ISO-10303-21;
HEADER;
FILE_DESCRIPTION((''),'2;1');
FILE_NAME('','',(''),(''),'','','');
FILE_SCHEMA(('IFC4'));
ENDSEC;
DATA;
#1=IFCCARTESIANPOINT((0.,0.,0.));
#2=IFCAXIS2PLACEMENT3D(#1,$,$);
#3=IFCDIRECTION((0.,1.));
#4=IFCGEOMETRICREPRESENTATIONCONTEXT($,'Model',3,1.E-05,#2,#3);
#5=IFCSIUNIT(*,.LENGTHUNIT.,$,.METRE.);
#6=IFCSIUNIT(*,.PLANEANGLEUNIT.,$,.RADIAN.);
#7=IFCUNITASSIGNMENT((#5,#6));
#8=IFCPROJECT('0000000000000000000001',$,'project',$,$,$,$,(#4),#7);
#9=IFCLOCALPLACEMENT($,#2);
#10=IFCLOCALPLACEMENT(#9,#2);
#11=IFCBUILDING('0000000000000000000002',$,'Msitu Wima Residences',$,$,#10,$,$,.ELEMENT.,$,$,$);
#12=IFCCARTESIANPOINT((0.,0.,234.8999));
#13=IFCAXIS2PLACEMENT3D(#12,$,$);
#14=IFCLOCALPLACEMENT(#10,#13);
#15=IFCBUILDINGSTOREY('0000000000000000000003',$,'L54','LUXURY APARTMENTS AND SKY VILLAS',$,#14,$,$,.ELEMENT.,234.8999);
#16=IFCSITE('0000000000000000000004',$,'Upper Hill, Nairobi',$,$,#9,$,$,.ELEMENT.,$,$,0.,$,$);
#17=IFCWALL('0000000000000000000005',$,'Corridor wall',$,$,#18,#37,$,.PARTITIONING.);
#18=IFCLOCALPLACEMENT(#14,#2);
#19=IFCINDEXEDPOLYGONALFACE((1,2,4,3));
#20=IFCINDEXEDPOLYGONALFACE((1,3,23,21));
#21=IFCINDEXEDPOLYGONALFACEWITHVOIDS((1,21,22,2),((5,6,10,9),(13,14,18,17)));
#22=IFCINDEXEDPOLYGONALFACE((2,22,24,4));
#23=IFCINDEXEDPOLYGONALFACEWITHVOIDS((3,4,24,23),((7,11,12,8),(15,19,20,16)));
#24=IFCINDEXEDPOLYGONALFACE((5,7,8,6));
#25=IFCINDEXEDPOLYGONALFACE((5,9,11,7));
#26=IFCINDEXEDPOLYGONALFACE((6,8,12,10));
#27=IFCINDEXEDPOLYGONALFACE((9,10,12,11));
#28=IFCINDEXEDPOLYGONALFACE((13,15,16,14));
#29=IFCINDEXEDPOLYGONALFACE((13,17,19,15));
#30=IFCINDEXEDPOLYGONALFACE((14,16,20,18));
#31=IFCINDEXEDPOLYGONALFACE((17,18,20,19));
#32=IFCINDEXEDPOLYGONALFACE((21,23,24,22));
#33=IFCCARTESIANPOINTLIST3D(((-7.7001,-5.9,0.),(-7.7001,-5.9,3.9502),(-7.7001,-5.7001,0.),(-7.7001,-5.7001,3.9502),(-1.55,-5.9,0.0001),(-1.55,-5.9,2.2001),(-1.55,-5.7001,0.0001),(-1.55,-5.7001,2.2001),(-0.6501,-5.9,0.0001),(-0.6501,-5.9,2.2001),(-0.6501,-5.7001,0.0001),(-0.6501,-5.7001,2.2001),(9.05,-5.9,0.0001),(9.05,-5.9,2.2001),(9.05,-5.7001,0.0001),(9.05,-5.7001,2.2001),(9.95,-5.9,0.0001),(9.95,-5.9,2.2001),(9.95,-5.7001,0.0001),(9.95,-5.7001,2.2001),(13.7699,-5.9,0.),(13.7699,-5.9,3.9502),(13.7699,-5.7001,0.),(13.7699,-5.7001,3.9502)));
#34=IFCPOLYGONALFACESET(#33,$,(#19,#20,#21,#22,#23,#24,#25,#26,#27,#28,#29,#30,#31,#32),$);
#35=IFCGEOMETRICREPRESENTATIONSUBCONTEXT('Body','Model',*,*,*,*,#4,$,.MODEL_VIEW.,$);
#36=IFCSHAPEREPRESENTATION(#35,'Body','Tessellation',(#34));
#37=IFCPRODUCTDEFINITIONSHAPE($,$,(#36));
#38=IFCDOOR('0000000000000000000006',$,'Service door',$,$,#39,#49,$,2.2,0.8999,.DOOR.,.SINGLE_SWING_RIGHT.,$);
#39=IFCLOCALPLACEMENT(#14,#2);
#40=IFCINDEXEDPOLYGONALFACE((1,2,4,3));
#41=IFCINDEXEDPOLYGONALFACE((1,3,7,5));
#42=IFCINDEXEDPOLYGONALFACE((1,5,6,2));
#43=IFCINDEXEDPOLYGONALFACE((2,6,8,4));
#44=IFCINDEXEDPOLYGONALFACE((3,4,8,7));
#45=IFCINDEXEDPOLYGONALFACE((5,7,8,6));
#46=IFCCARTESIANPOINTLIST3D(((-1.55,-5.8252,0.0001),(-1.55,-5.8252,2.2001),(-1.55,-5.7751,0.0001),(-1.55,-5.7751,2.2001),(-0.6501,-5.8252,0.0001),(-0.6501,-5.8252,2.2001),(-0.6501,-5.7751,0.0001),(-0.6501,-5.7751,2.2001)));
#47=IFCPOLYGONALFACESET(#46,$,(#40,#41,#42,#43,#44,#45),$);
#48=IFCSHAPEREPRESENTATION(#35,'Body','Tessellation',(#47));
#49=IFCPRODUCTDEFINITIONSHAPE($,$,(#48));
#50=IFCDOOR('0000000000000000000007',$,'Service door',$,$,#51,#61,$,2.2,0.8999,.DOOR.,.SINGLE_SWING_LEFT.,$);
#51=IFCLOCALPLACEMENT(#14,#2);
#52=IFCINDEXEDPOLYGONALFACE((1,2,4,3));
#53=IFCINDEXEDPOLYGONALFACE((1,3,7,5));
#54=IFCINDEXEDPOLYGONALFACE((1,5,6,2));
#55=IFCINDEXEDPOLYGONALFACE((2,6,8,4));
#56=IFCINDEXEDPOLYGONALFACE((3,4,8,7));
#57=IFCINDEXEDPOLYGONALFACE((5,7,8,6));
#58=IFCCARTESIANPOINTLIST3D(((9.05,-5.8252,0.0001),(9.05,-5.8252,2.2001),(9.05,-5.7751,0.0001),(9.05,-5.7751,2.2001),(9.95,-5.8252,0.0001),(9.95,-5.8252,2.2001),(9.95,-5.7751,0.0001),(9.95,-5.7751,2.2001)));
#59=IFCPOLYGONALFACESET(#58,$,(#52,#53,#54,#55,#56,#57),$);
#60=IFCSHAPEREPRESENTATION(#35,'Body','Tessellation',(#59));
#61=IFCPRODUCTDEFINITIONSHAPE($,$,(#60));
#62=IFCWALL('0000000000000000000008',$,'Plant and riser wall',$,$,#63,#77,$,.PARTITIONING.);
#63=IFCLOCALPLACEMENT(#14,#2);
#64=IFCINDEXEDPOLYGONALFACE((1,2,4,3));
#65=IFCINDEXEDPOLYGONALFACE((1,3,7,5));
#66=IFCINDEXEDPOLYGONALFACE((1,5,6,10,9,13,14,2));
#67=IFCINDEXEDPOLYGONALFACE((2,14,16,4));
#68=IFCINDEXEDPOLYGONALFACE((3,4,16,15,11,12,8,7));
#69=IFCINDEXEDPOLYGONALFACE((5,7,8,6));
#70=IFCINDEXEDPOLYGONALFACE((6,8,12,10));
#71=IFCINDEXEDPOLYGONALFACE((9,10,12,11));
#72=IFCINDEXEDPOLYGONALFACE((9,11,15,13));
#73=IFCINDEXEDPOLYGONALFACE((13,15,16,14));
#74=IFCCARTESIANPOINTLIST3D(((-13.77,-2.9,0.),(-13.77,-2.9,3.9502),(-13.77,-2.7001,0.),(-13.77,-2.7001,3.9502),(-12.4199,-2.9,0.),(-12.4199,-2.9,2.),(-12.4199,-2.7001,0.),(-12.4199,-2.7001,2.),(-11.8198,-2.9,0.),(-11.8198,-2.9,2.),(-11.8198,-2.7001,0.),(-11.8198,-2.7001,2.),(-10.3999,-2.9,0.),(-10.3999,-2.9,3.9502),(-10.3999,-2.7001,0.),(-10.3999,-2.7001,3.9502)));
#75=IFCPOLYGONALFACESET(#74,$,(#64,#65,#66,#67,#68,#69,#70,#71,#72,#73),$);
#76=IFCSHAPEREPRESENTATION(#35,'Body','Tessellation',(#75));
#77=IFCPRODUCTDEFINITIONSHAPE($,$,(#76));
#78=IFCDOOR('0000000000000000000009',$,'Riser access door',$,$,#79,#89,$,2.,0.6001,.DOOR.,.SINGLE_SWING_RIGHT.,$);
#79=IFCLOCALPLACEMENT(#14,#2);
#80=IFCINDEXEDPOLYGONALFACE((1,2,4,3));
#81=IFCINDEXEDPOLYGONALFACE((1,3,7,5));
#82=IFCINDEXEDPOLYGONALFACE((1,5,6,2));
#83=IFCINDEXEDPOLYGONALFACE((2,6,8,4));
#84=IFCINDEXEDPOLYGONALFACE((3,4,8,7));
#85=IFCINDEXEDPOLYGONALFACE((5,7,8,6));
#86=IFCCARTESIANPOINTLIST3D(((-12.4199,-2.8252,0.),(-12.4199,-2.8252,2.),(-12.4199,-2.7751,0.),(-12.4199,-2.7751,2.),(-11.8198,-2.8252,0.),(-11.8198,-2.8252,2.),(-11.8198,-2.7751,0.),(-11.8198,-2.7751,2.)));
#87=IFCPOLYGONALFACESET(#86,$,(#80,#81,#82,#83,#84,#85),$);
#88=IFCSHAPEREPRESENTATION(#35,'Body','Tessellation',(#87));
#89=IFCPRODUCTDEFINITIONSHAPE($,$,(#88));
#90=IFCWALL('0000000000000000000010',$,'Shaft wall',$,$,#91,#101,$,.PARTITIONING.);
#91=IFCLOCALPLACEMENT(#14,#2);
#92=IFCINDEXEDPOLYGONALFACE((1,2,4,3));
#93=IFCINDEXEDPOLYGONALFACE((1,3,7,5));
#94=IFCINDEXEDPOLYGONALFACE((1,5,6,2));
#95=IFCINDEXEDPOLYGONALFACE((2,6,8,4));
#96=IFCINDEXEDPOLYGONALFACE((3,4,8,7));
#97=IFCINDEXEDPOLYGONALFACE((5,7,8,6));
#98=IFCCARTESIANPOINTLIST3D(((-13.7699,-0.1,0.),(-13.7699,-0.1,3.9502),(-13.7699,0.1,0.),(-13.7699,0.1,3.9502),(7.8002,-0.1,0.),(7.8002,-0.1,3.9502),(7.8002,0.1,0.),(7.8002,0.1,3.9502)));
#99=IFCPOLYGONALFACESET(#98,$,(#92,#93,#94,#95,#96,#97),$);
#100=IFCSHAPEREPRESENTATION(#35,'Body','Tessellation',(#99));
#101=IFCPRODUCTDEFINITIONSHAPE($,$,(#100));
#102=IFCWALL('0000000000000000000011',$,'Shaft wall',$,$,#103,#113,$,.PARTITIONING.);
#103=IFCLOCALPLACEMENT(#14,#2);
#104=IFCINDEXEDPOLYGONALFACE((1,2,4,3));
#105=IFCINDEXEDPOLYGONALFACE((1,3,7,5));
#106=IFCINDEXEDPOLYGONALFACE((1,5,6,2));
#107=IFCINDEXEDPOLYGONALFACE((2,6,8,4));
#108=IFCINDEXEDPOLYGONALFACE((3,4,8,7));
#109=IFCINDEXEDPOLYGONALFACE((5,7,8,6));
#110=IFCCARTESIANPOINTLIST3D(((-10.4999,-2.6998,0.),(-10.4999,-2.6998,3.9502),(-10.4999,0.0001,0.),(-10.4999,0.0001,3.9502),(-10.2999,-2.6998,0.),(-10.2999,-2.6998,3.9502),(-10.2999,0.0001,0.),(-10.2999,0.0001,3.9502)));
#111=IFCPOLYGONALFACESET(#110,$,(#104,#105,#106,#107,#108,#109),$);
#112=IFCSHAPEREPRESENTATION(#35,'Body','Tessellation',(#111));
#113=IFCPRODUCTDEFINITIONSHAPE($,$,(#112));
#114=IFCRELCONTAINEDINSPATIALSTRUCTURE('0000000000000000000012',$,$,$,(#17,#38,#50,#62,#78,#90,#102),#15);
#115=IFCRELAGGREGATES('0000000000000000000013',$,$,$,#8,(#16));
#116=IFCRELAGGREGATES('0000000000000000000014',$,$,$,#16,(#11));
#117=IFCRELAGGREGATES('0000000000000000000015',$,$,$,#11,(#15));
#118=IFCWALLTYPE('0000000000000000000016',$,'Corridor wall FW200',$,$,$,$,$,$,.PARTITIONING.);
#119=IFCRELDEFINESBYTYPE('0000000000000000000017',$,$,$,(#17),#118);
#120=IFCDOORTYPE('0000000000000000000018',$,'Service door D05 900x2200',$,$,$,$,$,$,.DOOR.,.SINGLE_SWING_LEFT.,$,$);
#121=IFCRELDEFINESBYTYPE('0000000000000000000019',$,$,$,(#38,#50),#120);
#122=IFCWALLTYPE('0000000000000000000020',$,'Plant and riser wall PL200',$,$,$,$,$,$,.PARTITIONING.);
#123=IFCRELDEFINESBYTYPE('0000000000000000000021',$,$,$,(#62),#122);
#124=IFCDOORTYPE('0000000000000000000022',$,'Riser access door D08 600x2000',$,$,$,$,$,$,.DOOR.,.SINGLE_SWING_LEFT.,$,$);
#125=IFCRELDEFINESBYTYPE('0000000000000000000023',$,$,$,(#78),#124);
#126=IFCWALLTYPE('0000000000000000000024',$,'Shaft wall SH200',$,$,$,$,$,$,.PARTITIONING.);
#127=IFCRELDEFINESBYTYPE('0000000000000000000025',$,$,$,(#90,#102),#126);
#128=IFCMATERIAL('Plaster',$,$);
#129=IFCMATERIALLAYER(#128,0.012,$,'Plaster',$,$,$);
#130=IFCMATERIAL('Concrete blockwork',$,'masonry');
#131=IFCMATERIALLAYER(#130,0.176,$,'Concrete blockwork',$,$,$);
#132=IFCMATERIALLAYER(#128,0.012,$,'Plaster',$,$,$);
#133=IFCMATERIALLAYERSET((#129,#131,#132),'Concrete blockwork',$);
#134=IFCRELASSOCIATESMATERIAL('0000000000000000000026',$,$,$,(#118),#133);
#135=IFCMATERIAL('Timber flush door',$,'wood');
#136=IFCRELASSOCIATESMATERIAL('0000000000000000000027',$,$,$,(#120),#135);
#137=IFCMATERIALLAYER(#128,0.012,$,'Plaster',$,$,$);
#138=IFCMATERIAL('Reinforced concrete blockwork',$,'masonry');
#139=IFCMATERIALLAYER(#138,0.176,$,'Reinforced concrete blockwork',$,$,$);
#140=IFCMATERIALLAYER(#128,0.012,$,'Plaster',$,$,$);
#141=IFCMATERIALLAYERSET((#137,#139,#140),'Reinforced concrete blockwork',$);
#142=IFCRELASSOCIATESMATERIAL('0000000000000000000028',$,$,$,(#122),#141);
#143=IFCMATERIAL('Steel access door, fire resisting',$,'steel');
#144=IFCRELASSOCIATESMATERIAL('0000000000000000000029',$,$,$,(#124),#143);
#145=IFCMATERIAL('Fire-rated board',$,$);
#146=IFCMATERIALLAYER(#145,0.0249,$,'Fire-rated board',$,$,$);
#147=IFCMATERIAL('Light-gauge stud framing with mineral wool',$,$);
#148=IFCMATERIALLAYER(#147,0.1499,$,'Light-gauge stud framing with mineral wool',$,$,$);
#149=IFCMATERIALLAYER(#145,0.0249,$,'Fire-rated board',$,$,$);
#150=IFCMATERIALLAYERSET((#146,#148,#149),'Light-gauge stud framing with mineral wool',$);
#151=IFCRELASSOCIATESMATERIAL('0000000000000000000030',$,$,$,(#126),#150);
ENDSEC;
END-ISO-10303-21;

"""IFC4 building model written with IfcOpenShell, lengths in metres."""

from ifc_helpers import new_model, si_unit, direction, frame, frame_2d, origin, place, context, subcontext, project, spatial, rectangle, extrude, material, layer, layer_set, type_object, element, fill, save


model = new_model("IFC4")

# Units and contexts
model_context = context("Model", 3, precision=1e-05, world=origin(), true_north=direction((0.0, 1.0)))
body_context = subcontext(model_context, "Body", "Model", "MODEL_VIEW")
ifc_project = project(units=[si_unit("LENGTHUNIT", "METRE"), si_unit("PLANEANGLEUNIT", "RADIAN")], contexts=[model_context])

# Site, building, storey
site_placement = place(None, origin())
site = spatial("IfcSite", under=ifc_project, at=site_placement, Name="Upper Hill, Nairobi", CompositionType="ELEMENT", RefElevation=0.0)
building_placement = place(site_placement, origin())
building = spatial("IfcBuilding", under=site, at=building_placement, Name="Msitu Wima Residences", CompositionType="ELEMENT")
storey_placement = place(building_placement, frame((0.0, 0.0, 234.8999)))
storey = spatial("IfcBuildingStorey", under=building, at=storey_placement, Name="L54", Description="LUXURY APARTMENTS AND SKY VILLAS", CompositionType="ELEMENT", Elevation=234.8999)

# Shared definitions
ifc_material_1 = material(Name="Plaster")
ifc_layer_1 = layer(ifc_material_1, 0.012, Name="Plaster")
ifc_material_2 = material(Name="Concrete blockwork", Category="masonry")
ifc_layer_2 = layer(ifc_material_2, 0.176, Name="Concrete blockwork")
ifc_layer_3 = layer(ifc_material_1, 0.012, Name="Plaster")
ifc_layer_set_1 = layer_set([ifc_layer_1, ifc_layer_2, ifc_layer_3], Name="Concrete blockwork")
wall_type_1 = type_object("IfcWallType", Name="Corridor wall FW200", PredefinedType="PARTITIONING", material=ifc_layer_set_1)

# Wall, openings, doors
wall_1_placement = place(storey_placement, frame((-7.7, -5.8, 0.0), z_axis=(0.0, 0.0, 1.0), x_axis=(1.0, 0.0, 0.0)))
wall_1 = element("IfcWall", 1, at=wall_1_placement, inside=storey, type_object=wall_type_1, Name="Corridor wall", PredefinedType="PARTITIONING", context=body_context, shape_type="SweptSolid", body=[
    extrude(rectangle(XDim=21.47, YDim=0.2, at=frame_2d((10.7349, 0.0))), origin(), (0.0, 0.0, 1.0), 3.9502),
])
opening_1_placement = place(wall_1_placement, frame((6.1499, 0.0, 0.0)))
opening_1 = element("IfcOpeningElement", 2, at=opening_1_placement, cuts=wall_1, PredefinedType="OPENING", context=body_context, shape_type="SweptSolid", body=[
    extrude(rectangle(XDim=0.8999, YDim=2.2, at=frame_2d((0.45, 1.1001))), frame((0.0, 0.1099, 0.0), z_axis=(0.0, -1.0, 0.0), x_axis=(1.0, 0.0, 0.0)), (0.0, 0.0, 1.0), 0.22),
])
opening_2_placement = place(wall_1_placement, frame((16.75, 0.0, 0.0)))
opening_2 = element("IfcOpeningElement", 3, at=opening_2_placement, cuts=wall_1, PredefinedType="OPENING", context=body_context, shape_type="SweptSolid", body=[
    extrude(rectangle(XDim=0.8999, YDim=2.2, at=frame_2d((0.45, 1.1001))), frame((0.0, 0.1099, 0.0), z_axis=(0.0, -1.0, 0.0), x_axis=(1.0, 0.0, 0.0)), (0.0, 0.0, 1.0), 0.22),
])
ifc_material_3 = material(Name="Timber flush door", Category="wood")
door_type_1 = type_object("IfcDoorType", Name="Service door D05 900x2200", OperationType="SINGLE_SWING_LEFT", PredefinedType="DOOR", material=ifc_material_3)
door_1_placement = place(opening_1_placement, origin())
door_1 = element("IfcDoor", 4, at=door_1_placement, inside=storey, type_object=door_type_1, Name="Service door", OperationType="SINGLE_SWING_RIGHT", OverallHeight=2.2, OverallWidth=0.8999, PredefinedType="DOOR", context=body_context, shape_type="SweptSolid", body=[
    extrude(rectangle(XDim=0.8999, YDim=2.2, at=frame_2d((0.45, 1.1001))), frame((0.0, 0.0249, 0.0), z_axis=(0.0, -1.0, 0.0), x_axis=(1.0, 0.0, 0.0)), (0.0, 0.0, 1.0), 0.05),
])
fill(opening_1, door_1)
door_2_placement = place(opening_2_placement, origin())
door_2 = element("IfcDoor", 5, at=door_2_placement, inside=storey, type_object=door_type_1, Name="Service door", OperationType="SINGLE_SWING_LEFT", OverallHeight=2.2, OverallWidth=0.8999, PredefinedType="DOOR", context=body_context, shape_type="SweptSolid", body=[
    extrude(rectangle(XDim=0.8999, YDim=2.2, at=frame_2d((0.45, 1.1001))), frame((0.0, 0.0249, 0.0), z_axis=(0.0, -1.0, 0.0), x_axis=(1.0, 0.0, 0.0)), (0.0, 0.0, 1.0), 0.05),
])
fill(opening_2, door_2)

# Wall, opening, door
ifc_layer_4 = layer(ifc_material_1, 0.012, Name="Plaster")
ifc_material_4 = material(Name="Reinforced concrete blockwork", Category="masonry")
ifc_layer_5 = layer(ifc_material_4, 0.176, Name="Reinforced concrete blockwork")
ifc_layer_6 = layer(ifc_material_1, 0.012, Name="Plaster")
ifc_layer_set_2 = layer_set([ifc_layer_4, ifc_layer_5, ifc_layer_6], Name="Reinforced concrete blockwork")
wall_type_2 = type_object("IfcWallType", Name="Plant and riser wall PL200", PredefinedType="PARTITIONING", material=ifc_layer_set_2)
wall_2_placement = place(storey_placement, frame((-13.77, -2.8, 0.0), z_axis=(0.0, 0.0, 1.0), x_axis=(1.0, 0.0, 0.0)))
wall_2 = element("IfcWall", 6, at=wall_2_placement, inside=storey, type_object=wall_type_2, Name="Plant and riser wall", PredefinedType="PARTITIONING", context=body_context, shape_type="SweptSolid", body=[
    extrude(rectangle(XDim=3.3701, YDim=0.2, at=frame_2d((1.6851, 0.0))), origin(), (0.0, 0.0, 1.0), 3.9502),
])
opening_3_placement = place(wall_2_placement, frame((1.3501, 0.0, 0.0)))
opening_3 = element("IfcOpeningElement", 7, at=opening_3_placement, cuts=wall_2, PredefinedType="OPENING", context=body_context, shape_type="SweptSolid", body=[
    extrude(rectangle(XDim=0.6001, YDim=2.0, at=frame_2d((0.3, 1.0))), frame((0.0, 0.1099, 0.0), z_axis=(0.0, -1.0, 0.0), x_axis=(1.0, 0.0, 0.0)), (0.0, 0.0, 1.0), 0.22),
])
ifc_material_5 = material(Name="Steel access door, fire resisting", Category="steel")
door_type_2 = type_object("IfcDoorType", Name="Riser access door D08 600x2000", OperationType="SINGLE_SWING_LEFT", PredefinedType="DOOR", material=ifc_material_5)
door_3_placement = place(opening_3_placement, origin())
door_3 = element("IfcDoor", 8, at=door_3_placement, inside=storey, type_object=door_type_2, Name="Riser access door", OperationType="SINGLE_SWING_RIGHT", OverallHeight=2.0, OverallWidth=0.6001, PredefinedType="DOOR", context=body_context, shape_type="SweptSolid", body=[
    extrude(rectangle(XDim=0.6001, YDim=2.0, at=frame_2d((0.3, 1.0))), frame((0.0, 0.0249, 0.0), z_axis=(0.0, -1.0, 0.0), x_axis=(1.0, 0.0, 0.0)), (0.0, 0.0, 1.0), 0.05),
])
fill(opening_3, door_3)

# Walls
ifc_material_6 = material(Name="Fire-rated board")
ifc_layer_7 = layer(ifc_material_6, 0.0249, Name="Fire-rated board")
ifc_material_7 = material(Name="Light-gauge stud framing with mineral wool")
ifc_layer_8 = layer(ifc_material_7, 0.1499, Name="Light-gauge stud framing with mineral wool")
ifc_layer_9 = layer(ifc_material_6, 0.0249, Name="Fire-rated board")
ifc_layer_set_3 = layer_set([ifc_layer_7, ifc_layer_8, ifc_layer_9], Name="Light-gauge stud framing with mineral wool")
wall_type_3 = type_object("IfcWallType", Name="Shaft wall SH200", PredefinedType="PARTITIONING", material=ifc_layer_set_3)
wall_3_placement = place(storey_placement, frame((-13.77, 0.0, 0.0), z_axis=(0.0, 0.0, 1.0), x_axis=(1.0, 0.0, 0.0)))
element("IfcWall", 9, at=wall_3_placement, inside=storey, type_object=wall_type_3, Name="Shaft wall", PredefinedType="PARTITIONING", context=body_context, shape_type="SweptSolid", body=[
    extrude(rectangle(XDim=21.5701, YDim=0.2, at=frame_2d((10.7852, 0.0))), origin(), (0.0, 0.0, 1.0), 3.9502),
])
wall_4_placement = place(storey_placement, frame((-10.3999, -2.7, 0.0), z_axis=(0.0, 0.0, 1.0), x_axis=(0.0, 1.0, 0.0)))
element("IfcWall", 10, at=wall_4_placement, inside=storey, type_object=wall_type_3, Name="Shaft wall", PredefinedType="PARTITIONING", context=body_context, shape_type="SweptSolid", body=[
    extrude(rectangle(XDim=2.7, YDim=0.2, at=frame_2d((1.3501, 0.0))), origin(), (0.0, 0.0, 1.0), 3.9502),
])

save(model, "model.ifc")
